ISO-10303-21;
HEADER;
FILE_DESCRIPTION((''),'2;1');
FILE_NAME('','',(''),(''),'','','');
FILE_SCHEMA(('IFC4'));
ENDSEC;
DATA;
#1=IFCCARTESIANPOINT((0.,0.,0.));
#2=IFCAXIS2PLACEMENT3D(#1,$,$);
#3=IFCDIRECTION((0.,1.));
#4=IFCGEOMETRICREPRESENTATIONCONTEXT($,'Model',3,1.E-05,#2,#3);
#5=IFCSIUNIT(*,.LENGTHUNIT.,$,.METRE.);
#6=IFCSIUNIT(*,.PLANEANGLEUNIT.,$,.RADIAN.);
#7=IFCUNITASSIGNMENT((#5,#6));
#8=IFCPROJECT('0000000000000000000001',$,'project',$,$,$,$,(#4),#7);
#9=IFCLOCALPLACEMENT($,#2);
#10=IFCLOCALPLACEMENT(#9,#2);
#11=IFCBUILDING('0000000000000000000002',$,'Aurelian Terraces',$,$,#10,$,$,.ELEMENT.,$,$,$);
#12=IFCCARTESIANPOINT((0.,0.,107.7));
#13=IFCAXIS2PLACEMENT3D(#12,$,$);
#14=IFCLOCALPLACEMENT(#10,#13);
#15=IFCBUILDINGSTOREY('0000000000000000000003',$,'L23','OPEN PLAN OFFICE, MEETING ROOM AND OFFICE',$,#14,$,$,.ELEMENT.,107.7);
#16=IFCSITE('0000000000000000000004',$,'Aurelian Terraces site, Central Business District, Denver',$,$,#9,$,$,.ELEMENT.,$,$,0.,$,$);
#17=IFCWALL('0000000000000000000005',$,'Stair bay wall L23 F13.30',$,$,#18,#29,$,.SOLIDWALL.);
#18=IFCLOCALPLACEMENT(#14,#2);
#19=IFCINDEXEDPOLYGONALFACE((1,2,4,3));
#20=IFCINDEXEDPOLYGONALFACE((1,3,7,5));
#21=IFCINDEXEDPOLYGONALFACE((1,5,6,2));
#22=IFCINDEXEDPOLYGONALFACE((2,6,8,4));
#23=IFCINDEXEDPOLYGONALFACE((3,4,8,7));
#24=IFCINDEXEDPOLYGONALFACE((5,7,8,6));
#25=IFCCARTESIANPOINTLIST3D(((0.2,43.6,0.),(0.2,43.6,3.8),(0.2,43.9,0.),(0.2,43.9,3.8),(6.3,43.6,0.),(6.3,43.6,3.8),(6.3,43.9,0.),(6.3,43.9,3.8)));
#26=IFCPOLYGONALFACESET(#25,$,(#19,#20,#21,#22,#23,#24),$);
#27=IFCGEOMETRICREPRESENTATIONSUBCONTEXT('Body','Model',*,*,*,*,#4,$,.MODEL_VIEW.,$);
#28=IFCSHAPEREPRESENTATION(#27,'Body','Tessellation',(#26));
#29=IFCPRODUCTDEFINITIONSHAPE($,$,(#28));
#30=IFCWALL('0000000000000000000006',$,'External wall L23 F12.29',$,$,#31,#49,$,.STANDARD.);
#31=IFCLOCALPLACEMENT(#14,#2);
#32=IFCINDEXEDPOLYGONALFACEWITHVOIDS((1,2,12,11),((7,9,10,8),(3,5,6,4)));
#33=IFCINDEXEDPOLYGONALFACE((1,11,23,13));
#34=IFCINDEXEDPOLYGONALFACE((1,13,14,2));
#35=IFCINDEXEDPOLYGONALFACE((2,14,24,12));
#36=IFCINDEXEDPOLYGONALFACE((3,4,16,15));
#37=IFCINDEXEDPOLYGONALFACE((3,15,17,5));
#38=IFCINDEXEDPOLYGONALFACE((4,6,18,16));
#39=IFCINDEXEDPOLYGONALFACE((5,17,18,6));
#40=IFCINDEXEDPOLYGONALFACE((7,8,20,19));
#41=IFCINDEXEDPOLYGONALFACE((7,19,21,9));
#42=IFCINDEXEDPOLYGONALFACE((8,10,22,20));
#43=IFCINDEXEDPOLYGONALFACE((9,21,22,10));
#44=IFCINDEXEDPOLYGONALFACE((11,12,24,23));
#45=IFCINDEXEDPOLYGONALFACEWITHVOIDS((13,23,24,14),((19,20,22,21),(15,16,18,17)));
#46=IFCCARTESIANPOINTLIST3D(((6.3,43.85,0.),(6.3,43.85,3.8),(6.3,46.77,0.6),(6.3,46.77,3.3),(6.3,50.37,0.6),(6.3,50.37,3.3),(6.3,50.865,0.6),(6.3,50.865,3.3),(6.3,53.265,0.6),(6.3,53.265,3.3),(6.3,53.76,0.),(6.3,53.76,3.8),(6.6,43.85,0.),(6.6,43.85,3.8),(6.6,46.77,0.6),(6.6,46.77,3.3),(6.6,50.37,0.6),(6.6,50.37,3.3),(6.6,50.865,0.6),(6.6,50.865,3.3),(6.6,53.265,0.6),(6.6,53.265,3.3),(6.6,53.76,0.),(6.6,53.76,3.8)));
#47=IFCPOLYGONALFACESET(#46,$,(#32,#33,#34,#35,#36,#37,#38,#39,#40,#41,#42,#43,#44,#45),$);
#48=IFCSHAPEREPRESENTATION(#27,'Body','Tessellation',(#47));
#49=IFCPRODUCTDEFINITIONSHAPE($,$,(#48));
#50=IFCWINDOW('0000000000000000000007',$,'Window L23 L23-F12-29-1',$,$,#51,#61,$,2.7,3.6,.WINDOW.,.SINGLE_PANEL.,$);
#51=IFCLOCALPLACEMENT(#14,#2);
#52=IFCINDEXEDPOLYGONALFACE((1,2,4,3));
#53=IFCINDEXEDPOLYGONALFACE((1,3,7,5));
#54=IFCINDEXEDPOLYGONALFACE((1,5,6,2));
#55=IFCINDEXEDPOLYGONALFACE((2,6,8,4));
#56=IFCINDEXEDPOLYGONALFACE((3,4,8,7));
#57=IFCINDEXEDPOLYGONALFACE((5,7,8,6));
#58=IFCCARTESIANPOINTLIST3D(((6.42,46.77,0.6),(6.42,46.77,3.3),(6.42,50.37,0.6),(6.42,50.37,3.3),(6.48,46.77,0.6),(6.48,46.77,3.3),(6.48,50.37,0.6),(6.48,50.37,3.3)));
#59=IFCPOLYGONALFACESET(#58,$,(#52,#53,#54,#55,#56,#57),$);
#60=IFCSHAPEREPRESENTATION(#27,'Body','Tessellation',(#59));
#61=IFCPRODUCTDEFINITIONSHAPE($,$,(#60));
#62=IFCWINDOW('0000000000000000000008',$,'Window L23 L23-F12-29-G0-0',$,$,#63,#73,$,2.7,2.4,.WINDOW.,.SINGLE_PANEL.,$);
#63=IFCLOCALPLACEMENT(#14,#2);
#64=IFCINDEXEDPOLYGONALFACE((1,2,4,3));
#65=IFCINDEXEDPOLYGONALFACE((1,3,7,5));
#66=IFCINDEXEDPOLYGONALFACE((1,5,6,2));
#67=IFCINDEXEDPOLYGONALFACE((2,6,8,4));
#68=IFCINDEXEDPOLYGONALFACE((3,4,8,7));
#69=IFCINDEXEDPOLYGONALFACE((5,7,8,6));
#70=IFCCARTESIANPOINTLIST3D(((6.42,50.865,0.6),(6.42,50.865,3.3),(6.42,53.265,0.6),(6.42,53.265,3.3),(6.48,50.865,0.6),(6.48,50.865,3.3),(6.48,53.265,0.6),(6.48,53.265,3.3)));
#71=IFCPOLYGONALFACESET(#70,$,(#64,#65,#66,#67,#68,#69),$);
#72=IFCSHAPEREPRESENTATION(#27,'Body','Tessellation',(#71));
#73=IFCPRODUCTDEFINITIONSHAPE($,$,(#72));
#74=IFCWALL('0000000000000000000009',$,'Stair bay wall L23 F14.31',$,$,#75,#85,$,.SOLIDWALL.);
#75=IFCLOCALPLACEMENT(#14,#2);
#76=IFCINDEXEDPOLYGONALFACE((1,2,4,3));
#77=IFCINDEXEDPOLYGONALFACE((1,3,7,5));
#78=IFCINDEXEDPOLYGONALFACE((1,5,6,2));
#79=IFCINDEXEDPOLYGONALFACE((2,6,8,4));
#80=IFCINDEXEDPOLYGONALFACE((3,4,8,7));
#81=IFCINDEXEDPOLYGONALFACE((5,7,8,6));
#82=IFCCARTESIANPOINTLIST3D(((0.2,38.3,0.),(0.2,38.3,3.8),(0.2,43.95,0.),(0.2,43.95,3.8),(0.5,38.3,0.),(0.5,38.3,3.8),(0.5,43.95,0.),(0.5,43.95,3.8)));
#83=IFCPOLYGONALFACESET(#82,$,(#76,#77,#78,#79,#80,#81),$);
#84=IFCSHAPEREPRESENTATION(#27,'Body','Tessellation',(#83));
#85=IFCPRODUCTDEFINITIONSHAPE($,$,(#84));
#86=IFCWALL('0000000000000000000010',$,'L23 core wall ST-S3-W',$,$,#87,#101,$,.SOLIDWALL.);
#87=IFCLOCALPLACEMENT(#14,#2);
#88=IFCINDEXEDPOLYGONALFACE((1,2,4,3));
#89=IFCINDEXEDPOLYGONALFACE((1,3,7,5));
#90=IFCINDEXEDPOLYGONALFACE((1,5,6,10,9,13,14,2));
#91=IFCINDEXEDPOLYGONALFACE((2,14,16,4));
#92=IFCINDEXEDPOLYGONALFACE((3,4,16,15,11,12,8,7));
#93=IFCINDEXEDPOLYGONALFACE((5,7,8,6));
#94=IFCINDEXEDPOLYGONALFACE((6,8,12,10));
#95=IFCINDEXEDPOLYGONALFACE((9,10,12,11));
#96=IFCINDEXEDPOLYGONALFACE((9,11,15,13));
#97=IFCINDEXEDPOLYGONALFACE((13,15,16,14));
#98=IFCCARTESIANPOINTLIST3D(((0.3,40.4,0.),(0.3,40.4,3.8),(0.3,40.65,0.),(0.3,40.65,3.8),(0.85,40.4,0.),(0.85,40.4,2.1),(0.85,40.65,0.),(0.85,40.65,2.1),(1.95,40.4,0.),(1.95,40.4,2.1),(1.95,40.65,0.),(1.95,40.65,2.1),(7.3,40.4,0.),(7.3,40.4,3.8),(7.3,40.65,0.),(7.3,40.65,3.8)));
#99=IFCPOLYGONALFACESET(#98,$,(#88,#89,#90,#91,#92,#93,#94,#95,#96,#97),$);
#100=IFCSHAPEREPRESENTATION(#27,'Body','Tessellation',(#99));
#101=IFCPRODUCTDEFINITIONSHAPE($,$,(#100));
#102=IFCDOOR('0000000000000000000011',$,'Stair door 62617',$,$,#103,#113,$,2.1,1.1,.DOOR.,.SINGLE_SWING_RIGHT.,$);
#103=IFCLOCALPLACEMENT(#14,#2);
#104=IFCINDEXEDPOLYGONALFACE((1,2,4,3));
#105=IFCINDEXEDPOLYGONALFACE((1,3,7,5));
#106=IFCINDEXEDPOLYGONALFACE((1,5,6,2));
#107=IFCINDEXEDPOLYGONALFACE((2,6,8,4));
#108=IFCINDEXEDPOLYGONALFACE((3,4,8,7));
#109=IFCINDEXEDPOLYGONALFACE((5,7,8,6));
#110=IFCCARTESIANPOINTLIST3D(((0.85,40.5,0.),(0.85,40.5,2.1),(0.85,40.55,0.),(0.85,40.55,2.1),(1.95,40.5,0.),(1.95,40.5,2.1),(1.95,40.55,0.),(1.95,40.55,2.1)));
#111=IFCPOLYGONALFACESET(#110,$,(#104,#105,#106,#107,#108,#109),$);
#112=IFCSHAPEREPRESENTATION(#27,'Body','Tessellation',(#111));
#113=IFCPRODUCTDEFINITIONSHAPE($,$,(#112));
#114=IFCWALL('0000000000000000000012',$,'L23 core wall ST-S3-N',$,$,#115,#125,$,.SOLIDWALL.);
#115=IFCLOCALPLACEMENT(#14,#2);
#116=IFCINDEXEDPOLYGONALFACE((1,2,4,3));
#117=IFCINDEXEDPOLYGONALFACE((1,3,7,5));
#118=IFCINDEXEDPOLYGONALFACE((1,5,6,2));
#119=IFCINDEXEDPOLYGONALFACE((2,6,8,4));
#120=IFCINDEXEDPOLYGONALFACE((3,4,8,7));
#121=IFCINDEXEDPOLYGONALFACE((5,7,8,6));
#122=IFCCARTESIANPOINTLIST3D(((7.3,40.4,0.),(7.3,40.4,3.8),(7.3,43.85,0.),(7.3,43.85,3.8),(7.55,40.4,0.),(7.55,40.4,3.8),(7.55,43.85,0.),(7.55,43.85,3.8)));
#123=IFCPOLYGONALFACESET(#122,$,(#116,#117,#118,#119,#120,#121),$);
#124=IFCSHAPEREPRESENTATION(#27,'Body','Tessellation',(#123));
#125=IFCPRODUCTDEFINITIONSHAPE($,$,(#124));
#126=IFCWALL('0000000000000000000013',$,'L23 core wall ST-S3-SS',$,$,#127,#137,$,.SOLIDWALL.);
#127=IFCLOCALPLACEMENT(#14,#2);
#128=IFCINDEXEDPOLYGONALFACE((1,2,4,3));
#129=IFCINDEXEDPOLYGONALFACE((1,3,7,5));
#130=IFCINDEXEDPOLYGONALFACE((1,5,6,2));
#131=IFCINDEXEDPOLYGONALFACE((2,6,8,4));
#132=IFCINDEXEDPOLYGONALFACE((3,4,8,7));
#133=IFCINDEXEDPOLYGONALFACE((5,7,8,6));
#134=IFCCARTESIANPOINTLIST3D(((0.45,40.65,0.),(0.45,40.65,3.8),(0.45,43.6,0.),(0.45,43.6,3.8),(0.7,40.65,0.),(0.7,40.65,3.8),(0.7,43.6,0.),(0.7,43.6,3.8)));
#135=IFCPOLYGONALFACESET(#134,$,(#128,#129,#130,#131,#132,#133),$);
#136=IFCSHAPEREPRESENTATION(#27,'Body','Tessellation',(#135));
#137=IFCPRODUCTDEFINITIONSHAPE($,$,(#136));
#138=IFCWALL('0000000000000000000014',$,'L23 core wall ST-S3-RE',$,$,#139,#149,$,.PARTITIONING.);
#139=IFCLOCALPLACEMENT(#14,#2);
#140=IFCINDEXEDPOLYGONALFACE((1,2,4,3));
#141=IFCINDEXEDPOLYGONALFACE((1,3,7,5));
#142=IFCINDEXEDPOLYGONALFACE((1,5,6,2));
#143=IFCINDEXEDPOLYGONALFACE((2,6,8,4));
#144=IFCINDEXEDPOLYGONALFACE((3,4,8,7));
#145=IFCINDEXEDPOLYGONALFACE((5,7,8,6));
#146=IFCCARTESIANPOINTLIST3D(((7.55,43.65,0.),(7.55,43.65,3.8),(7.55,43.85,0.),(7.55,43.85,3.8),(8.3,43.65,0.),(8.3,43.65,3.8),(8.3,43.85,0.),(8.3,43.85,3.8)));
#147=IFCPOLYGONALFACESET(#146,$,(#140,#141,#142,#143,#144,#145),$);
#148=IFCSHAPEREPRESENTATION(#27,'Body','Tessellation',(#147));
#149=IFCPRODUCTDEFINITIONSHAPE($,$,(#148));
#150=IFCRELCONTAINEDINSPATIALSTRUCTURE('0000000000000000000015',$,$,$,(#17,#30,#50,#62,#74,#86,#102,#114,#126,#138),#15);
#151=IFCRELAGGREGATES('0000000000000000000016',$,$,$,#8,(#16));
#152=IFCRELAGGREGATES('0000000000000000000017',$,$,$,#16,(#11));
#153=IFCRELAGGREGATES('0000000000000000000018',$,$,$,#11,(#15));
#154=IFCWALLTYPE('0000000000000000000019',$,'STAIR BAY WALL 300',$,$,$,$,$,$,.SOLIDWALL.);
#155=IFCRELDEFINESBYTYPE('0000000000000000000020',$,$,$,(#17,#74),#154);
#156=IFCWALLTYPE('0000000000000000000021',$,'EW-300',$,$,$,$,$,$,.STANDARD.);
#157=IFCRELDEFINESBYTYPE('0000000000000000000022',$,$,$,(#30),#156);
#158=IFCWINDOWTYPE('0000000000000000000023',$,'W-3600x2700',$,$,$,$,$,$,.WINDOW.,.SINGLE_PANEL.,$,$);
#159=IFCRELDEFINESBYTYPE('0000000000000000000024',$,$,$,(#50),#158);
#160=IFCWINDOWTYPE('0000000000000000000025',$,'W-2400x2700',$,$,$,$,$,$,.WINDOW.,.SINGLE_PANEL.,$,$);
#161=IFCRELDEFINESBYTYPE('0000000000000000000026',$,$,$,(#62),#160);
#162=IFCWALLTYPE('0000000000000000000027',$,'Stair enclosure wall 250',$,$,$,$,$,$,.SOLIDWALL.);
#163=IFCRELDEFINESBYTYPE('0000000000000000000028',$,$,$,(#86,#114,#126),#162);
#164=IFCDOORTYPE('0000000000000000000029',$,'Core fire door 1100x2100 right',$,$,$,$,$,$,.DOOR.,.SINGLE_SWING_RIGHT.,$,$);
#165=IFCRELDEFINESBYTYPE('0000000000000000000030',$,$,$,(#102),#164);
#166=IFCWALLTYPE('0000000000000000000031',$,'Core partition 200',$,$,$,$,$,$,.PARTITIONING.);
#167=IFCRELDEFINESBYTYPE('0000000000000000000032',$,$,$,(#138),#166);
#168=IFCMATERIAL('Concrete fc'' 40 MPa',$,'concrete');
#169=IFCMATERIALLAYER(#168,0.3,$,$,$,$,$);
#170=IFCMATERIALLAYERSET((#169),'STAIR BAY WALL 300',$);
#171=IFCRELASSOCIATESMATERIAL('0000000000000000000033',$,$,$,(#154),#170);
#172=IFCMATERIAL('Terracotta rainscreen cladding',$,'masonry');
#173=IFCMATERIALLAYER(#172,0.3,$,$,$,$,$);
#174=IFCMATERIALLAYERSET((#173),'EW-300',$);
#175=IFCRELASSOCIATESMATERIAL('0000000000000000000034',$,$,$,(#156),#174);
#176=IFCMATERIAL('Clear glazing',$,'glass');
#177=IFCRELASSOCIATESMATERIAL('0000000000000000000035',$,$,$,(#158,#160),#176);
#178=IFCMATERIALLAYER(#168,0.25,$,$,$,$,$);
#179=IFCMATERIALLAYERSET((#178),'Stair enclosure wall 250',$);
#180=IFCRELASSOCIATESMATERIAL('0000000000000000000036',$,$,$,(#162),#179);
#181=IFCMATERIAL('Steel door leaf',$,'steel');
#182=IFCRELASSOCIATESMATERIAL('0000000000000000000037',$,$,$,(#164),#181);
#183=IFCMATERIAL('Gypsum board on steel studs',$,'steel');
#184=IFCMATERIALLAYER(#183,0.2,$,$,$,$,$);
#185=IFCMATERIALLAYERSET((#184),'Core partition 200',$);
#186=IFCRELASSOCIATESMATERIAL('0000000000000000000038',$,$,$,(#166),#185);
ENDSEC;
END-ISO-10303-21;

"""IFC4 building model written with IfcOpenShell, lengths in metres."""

from ifc_helpers import new_model, si_unit, direction, frame, frame_2d, origin, place, context, subcontext, project, spatial, rectangle, extrude, source, transform, mapped, material, layer, layer_set, type_object, element, fill, save


model = new_model("IFC4")

# Units and contexts
model_context = context("Model", 3, precision=1e-05, world=origin(), true_north=direction((0.0, 1.0)))
body_context = subcontext(model_context, "Body", "Model", "MODEL_VIEW")
ifc_project = project(units=[si_unit("LENGTHUNIT", "METRE"), si_unit("PLANEANGLEUNIT", "RADIAN")], contexts=[model_context])

# Site, building, storey
site_placement = place(None, origin())
site = spatial("IfcSite", under=ifc_project, at=site_placement, Name="Aurelian Terraces site, Central Business District, Denver", CompositionType="ELEMENT", RefElevation=0.0)
building_placement = place(site_placement, origin())
building = spatial("IfcBuilding", under=site, at=building_placement, Name="Aurelian Terraces", CompositionType="ELEMENT")
storey_placement = place(building_placement, frame((0.0, 0.0, 107.7)))
storey = spatial("IfcBuildingStorey", under=building, at=storey_placement, Name="L23", Description="OPEN PLAN OFFICE, MEETING ROOM AND OFFICE", CompositionType="ELEMENT", Elevation=107.7)

# Wall
ifc_material_1 = material(Name="Concrete fc' 40 MPa", Category="concrete")
ifc_layer_1 = layer(ifc_material_1, 0.3)
ifc_layer_set_1 = layer_set([ifc_layer_1], Name="STAIR BAY WALL 300")
wall_type_1 = type_object("IfcWallType", Name="STAIR BAY WALL 300", PredefinedType="SOLIDWALL", material=ifc_layer_set_1)
shared_shape_1 = source(origin(), body_context, "Body", "SweptSolid", [
    extrude(rectangle(XDim=6.1, YDim=0.3, at=frame_2d((3.05, 0.0))), origin(), (0.0, 0.0, 1.0), 3.8),
])
wall_1_placement = place(storey_placement, frame((6.3, 43.75, 0.0), z_axis=(0.0, 0.0, 1.0), x_axis=(-1.0, 0.0, 0.0)))
element("IfcWall", 1, at=wall_1_placement, inside=storey, type_object=wall_type_1, Name="Stair bay wall L23 F13.30", PredefinedType="SOLIDWALL", context=body_context, shape_type="MappedRepresentation", body=[
    mapped(shared_shape_1, transform((0.0, 0.0, 0.0), scale=1.0)),
])

# Wall, openings, windows
ifc_material_2 = material(Name="Terracotta rainscreen cladding", Category="masonry")
ifc_layer_2 = layer(ifc_material_2, 0.3)
ifc_layer_set_2 = layer_set([ifc_layer_2], Name="EW-300")
wall_type_2 = type_object("IfcWallType", Name="EW-300", PredefinedType="STANDARD", material=ifc_layer_set_2)
shared_shape_2 = source(origin(), body_context, "Body", "SweptSolid", [
    extrude(rectangle(XDim=9.91, YDim=0.3, at=frame_2d((4.955, 0.0))), origin(), (0.0, 0.0, 1.0), 3.8),
])
wall_2_placement = place(storey_placement, frame((6.45, 53.76, 0.0), z_axis=(0.0, 0.0, 1.0), x_axis=(0.0, -1.0, 0.0)))
wall_2 = element("IfcWall", 2, at=wall_2_placement, inside=storey, type_object=wall_type_2, Name="External wall L23 F12.29", PredefinedType="STANDARD", context=body_context, shape_type="MappedRepresentation", body=[
    mapped(shared_shape_2, transform((0.0, 0.0, 0.0), scale=1.0)),
])
shared_shape_3 = source(origin(), body_context, "Body", "SweptSolid", [
    extrude(rectangle(XDim=3.6, YDim=2.7, at=frame_2d((1.8, 1.35))), frame((0.0, 0.16, 0.0), z_axis=(0.0, -1.0, 0.0), x_axis=(1.0, 0.0, 0.0)), (0.0, 0.0, 1.0), 0.32),
])
opening_1_placement = place(wall_2_placement, frame((3.39, 0.0, 0.6)))
opening_1 = element("IfcOpeningElement", 3, at=opening_1_placement, cuts=wall_2, PredefinedType="OPENING", context=body_context, shape_type="MappedRepresentation", body=[
    mapped(shared_shape_3, transform((0.0, 0.0, 0.0), scale=1.0)),
])
shared_shape_4 = source(origin(), body_context, "Body", "SweptSolid", [
    extrude(rectangle(XDim=2.4, YDim=2.7, at=frame_2d((1.2, 1.35))), frame((0.0, 0.16, 0.0), z_axis=(0.0, -1.0, 0.0), x_axis=(1.0, 0.0, 0.0)), (0.0, 0.0, 1.0), 0.32),
])
opening_2_placement = place(wall_2_placement, frame((0.495, 0.0, 0.6)))
opening_2 = element("IfcOpeningElement", 4, at=opening_2_placement, cuts=wall_2, PredefinedType="OPENING", context=body_context, shape_type="MappedRepresentation", body=[
    mapped(shared_shape_4, transform((0.0, 0.0, 0.0), scale=1.0)),
])
ifc_material_3 = material(Name="Clear glazing", Category="glass")
window_type_1 = type_object("IfcWindowType", Name="W-3600x2700", PartitioningType="SINGLE_PANEL", PredefinedType="WINDOW", material=ifc_material_3)
shared_shape_5 = source(origin(), body_context, "Body", "SweptSolid", [
    extrude(rectangle(XDim=3.6, YDim=2.7, at=frame_2d((1.8, 1.35))), frame((0.0, 0.03, 0.0), z_axis=(0.0, -1.0, 0.0), x_axis=(1.0, 0.0, 0.0)), (0.0, 0.0, 1.0), 0.06),
])
window_1_placement = place(opening_1_placement, origin())
window_1 = element("IfcWindow", 5, at=window_1_placement, inside=storey, type_object=window_type_1, Name="Window L23 L23-F12-29-1", OverallHeight=2.7, OverallWidth=3.6, PartitioningType="SINGLE_PANEL", PredefinedType="WINDOW", context=body_context, shape_type="MappedRepresentation", body=[
    mapped(shared_shape_5, transform((0.0, 0.0, 0.0), scale=1.0)),
])
fill(opening_1, window_1)
window_type_2 = type_object("IfcWindowType", Name="W-2400x2700", PartitioningType="SINGLE_PANEL", PredefinedType="WINDOW", material=ifc_material_3)
shared_shape_6 = source(origin(), body_context, "Body", "SweptSolid", [
    extrude(rectangle(XDim=2.4, YDim=2.7, at=frame_2d((1.2, 1.35))), frame((0.0, 0.03, 0.0), z_axis=(0.0, -1.0, 0.0), x_axis=(1.0, 0.0, 0.0)), (0.0, 0.0, 1.0), 0.06),
])
window_2_placement = place(opening_2_placement, origin())
window_2 = element("IfcWindow", 6, at=window_2_placement, inside=storey, type_object=window_type_2, Name="Window L23 L23-F12-29-G0-0", OverallHeight=2.7, OverallWidth=2.4, PartitioningType="SINGLE_PANEL", PredefinedType="WINDOW", context=body_context, shape_type="MappedRepresentation", body=[
    mapped(shared_shape_6, transform((0.0, 0.0, 0.0), scale=1.0)),
])
fill(opening_2, window_2)

# Wall
shared_shape_7 = source(origin(), body_context, "Body", "SweptSolid", [
    extrude(rectangle(XDim=5.65, YDim=0.3, at=frame_2d((2.825, 0.0))), origin(), (0.0, 0.0, 1.0), 3.8),
])
wall_3_placement = place(storey_placement, frame((0.35, 43.95, 0.0), z_axis=(0.0, 0.0, 1.0), x_axis=(0.0, -1.0, 0.0)))
element("IfcWall", 7, at=wall_3_placement, inside=storey, type_object=wall_type_1, Name="Stair bay wall L23 F14.31", PredefinedType="SOLIDWALL", context=body_context, shape_type="MappedRepresentation", body=[
    mapped(shared_shape_7, transform((0.0, 0.0, 0.0), scale=1.0)),
])

# Wall, opening, door
ifc_layer_3 = layer(ifc_material_1, 0.25)
ifc_layer_set_3 = layer_set([ifc_layer_3], Name="Stair enclosure wall 250")
wall_type_3 = type_object("IfcWallType", Name="Stair enclosure wall 250", PredefinedType="SOLIDWALL", material=ifc_layer_set_3)
shared_shape_8 = source(origin(), body_context, "Body", "SweptSolid", [
    extrude(rectangle(XDim=7.0, YDim=0.25, at=frame_2d((3.5, 0.0))), origin(), (0.0, 0.0, 1.0), 3.8),
])
wall_4_placement = place(storey_placement, frame((0.3, 40.525, 0.0), z_axis=(0.0, 0.0, 1.0), x_axis=(1.0, 0.0, 0.0)))
wall_4 = element("IfcWall", 8, at=wall_4_placement, inside=storey, type_object=wall_type_3, Name="L23 core wall ST-S3-W", PredefinedType="SOLIDWALL", context=body_context, shape_type="MappedRepresentation", body=[
    mapped(shared_shape_8, transform((0.0, 0.0, 0.0), scale=1.0)),
])
shared_shape_9 = source(origin(), body_context, "Body", "SweptSolid", [
    extrude(rectangle(XDim=1.1, YDim=2.1, at=frame_2d((0.55, 1.05))), frame((0.0, 0.135, 0.0), z_axis=(0.0, -1.0, 0.0), x_axis=(1.0, 0.0, 0.0)), (0.0, 0.0, 1.0), 0.27),
])
opening_3_placement = place(wall_4_placement, frame((0.55, 0.0, 0.0)))
opening_3 = element("IfcOpeningElement", 9, at=opening_3_placement, cuts=wall_4, PredefinedType="OPENING", context=body_context, shape_type="MappedRepresentation", body=[
    mapped(shared_shape_9, transform((0.0, 0.0, 0.0), scale=1.0)),
])
ifc_material_4 = material(Name="Steel door leaf", Category="steel")
door_type_1 = type_object("IfcDoorType", Name="Core fire door 1100x2100 right", OperationType="SINGLE_SWING_RIGHT", PredefinedType="DOOR", material=ifc_material_4)
shared_shape_10 = source(origin(), body_context, "Body", "SweptSolid", [
    extrude(rectangle(XDim=1.1, YDim=2.1, at=frame_2d((0.55, 1.05))), frame((0.0, 0.025, 0.0), z_axis=(0.0, -1.0, 0.0), x_axis=(1.0, 0.0, 0.0)), (0.0, 0.0, 1.0), 0.05),
])
door_1_placement = place(opening_3_placement, origin())
door_1 = element("IfcDoor", 10, at=door_1_placement, inside=storey, type_object=door_type_1, Name="Stair door 62617", OperationType="SINGLE_SWING_RIGHT", OverallHeight=2.1, OverallWidth=1.1, PredefinedType="DOOR", context=body_context, shape_type="MappedRepresentation", body=[
    mapped(shared_shape_10, transform((0.0, 0.0, 0.0), scale=1.0)),
])
fill(opening_3, door_1)

# Walls
shared_shape_11 = source(origin(), body_context, "Body", "SweptSolid", [
    extrude(rectangle(XDim=3.45, YDim=0.25, at=frame_2d((1.725, 0.0))), origin(), (0.0, 0.0, 1.0), 3.8),
])
wall_5_placement = place(storey_placement, frame((7.425, 40.4, 0.0), z_axis=(0.0, 0.0, 1.0), x_axis=(0.0, 1.0, 0.0)))
element("IfcWall", 11, at=wall_5_placement, inside=storey, type_object=wall_type_3, Name="L23 core wall ST-S3-N", PredefinedType="SOLIDWALL", context=body_context, shape_type="MappedRepresentation", body=[
    mapped(shared_shape_11, transform((0.0, 0.0, 0.0), scale=1.0)),
])
shared_shape_12 = source(origin(), body_context, "Body", "SweptSolid", [
    extrude(rectangle(XDim=2.95, YDim=0.25, at=frame_2d((1.475, 0.0))), origin(), (0.0, 0.0, 1.0), 3.8),
])
wall_6_placement = place(storey_placement, frame((0.575, 40.65, 0.0), z_axis=(0.0, 0.0, 1.0), x_axis=(0.0, 1.0, 0.0)))
element("IfcWall", 12, at=wall_6_placement, inside=storey, type_object=wall_type_3, Name="L23 core wall ST-S3-SS", PredefinedType="SOLIDWALL", context=body_context, shape_type="MappedRepresentation", body=[
    mapped(shared_shape_12, transform((0.0, 0.0, 0.0), scale=1.0)),
])
ifc_material_5 = material(Name="Gypsum board on steel studs", Category="steel")
ifc_layer_4 = layer(ifc_material_5, 0.2)
ifc_layer_set_4 = layer_set([ifc_layer_4], Name="Core partition 200")
wall_type_4 = type_object("IfcWallType", Name="Core partition 200", PredefinedType="PARTITIONING", material=ifc_layer_set_4)
shared_shape_13 = source(origin(), body_context, "Body", "SweptSolid", [
    extrude(rectangle(XDim=0.75, YDim=0.2, at=frame_2d((0.375, 0.0))), origin(), (0.0, 0.0, 1.0), 3.8),
])
wall_7_placement = place(storey_placement, frame((7.55, 43.75, 0.0), z_axis=(0.0, 0.0, 1.0), x_axis=(1.0, 0.0, 0.0)))
element("IfcWall", 13, at=wall_7_placement, inside=storey, type_object=wall_type_4, Name="L23 core wall ST-S3-RE", PredefinedType="PARTITIONING", context=body_context, shape_type="MappedRepresentation", body=[
    mapped(shared_shape_13, transform((0.0, 0.0, 0.0), scale=1.0)),
])

save(model, "model.ifc")
